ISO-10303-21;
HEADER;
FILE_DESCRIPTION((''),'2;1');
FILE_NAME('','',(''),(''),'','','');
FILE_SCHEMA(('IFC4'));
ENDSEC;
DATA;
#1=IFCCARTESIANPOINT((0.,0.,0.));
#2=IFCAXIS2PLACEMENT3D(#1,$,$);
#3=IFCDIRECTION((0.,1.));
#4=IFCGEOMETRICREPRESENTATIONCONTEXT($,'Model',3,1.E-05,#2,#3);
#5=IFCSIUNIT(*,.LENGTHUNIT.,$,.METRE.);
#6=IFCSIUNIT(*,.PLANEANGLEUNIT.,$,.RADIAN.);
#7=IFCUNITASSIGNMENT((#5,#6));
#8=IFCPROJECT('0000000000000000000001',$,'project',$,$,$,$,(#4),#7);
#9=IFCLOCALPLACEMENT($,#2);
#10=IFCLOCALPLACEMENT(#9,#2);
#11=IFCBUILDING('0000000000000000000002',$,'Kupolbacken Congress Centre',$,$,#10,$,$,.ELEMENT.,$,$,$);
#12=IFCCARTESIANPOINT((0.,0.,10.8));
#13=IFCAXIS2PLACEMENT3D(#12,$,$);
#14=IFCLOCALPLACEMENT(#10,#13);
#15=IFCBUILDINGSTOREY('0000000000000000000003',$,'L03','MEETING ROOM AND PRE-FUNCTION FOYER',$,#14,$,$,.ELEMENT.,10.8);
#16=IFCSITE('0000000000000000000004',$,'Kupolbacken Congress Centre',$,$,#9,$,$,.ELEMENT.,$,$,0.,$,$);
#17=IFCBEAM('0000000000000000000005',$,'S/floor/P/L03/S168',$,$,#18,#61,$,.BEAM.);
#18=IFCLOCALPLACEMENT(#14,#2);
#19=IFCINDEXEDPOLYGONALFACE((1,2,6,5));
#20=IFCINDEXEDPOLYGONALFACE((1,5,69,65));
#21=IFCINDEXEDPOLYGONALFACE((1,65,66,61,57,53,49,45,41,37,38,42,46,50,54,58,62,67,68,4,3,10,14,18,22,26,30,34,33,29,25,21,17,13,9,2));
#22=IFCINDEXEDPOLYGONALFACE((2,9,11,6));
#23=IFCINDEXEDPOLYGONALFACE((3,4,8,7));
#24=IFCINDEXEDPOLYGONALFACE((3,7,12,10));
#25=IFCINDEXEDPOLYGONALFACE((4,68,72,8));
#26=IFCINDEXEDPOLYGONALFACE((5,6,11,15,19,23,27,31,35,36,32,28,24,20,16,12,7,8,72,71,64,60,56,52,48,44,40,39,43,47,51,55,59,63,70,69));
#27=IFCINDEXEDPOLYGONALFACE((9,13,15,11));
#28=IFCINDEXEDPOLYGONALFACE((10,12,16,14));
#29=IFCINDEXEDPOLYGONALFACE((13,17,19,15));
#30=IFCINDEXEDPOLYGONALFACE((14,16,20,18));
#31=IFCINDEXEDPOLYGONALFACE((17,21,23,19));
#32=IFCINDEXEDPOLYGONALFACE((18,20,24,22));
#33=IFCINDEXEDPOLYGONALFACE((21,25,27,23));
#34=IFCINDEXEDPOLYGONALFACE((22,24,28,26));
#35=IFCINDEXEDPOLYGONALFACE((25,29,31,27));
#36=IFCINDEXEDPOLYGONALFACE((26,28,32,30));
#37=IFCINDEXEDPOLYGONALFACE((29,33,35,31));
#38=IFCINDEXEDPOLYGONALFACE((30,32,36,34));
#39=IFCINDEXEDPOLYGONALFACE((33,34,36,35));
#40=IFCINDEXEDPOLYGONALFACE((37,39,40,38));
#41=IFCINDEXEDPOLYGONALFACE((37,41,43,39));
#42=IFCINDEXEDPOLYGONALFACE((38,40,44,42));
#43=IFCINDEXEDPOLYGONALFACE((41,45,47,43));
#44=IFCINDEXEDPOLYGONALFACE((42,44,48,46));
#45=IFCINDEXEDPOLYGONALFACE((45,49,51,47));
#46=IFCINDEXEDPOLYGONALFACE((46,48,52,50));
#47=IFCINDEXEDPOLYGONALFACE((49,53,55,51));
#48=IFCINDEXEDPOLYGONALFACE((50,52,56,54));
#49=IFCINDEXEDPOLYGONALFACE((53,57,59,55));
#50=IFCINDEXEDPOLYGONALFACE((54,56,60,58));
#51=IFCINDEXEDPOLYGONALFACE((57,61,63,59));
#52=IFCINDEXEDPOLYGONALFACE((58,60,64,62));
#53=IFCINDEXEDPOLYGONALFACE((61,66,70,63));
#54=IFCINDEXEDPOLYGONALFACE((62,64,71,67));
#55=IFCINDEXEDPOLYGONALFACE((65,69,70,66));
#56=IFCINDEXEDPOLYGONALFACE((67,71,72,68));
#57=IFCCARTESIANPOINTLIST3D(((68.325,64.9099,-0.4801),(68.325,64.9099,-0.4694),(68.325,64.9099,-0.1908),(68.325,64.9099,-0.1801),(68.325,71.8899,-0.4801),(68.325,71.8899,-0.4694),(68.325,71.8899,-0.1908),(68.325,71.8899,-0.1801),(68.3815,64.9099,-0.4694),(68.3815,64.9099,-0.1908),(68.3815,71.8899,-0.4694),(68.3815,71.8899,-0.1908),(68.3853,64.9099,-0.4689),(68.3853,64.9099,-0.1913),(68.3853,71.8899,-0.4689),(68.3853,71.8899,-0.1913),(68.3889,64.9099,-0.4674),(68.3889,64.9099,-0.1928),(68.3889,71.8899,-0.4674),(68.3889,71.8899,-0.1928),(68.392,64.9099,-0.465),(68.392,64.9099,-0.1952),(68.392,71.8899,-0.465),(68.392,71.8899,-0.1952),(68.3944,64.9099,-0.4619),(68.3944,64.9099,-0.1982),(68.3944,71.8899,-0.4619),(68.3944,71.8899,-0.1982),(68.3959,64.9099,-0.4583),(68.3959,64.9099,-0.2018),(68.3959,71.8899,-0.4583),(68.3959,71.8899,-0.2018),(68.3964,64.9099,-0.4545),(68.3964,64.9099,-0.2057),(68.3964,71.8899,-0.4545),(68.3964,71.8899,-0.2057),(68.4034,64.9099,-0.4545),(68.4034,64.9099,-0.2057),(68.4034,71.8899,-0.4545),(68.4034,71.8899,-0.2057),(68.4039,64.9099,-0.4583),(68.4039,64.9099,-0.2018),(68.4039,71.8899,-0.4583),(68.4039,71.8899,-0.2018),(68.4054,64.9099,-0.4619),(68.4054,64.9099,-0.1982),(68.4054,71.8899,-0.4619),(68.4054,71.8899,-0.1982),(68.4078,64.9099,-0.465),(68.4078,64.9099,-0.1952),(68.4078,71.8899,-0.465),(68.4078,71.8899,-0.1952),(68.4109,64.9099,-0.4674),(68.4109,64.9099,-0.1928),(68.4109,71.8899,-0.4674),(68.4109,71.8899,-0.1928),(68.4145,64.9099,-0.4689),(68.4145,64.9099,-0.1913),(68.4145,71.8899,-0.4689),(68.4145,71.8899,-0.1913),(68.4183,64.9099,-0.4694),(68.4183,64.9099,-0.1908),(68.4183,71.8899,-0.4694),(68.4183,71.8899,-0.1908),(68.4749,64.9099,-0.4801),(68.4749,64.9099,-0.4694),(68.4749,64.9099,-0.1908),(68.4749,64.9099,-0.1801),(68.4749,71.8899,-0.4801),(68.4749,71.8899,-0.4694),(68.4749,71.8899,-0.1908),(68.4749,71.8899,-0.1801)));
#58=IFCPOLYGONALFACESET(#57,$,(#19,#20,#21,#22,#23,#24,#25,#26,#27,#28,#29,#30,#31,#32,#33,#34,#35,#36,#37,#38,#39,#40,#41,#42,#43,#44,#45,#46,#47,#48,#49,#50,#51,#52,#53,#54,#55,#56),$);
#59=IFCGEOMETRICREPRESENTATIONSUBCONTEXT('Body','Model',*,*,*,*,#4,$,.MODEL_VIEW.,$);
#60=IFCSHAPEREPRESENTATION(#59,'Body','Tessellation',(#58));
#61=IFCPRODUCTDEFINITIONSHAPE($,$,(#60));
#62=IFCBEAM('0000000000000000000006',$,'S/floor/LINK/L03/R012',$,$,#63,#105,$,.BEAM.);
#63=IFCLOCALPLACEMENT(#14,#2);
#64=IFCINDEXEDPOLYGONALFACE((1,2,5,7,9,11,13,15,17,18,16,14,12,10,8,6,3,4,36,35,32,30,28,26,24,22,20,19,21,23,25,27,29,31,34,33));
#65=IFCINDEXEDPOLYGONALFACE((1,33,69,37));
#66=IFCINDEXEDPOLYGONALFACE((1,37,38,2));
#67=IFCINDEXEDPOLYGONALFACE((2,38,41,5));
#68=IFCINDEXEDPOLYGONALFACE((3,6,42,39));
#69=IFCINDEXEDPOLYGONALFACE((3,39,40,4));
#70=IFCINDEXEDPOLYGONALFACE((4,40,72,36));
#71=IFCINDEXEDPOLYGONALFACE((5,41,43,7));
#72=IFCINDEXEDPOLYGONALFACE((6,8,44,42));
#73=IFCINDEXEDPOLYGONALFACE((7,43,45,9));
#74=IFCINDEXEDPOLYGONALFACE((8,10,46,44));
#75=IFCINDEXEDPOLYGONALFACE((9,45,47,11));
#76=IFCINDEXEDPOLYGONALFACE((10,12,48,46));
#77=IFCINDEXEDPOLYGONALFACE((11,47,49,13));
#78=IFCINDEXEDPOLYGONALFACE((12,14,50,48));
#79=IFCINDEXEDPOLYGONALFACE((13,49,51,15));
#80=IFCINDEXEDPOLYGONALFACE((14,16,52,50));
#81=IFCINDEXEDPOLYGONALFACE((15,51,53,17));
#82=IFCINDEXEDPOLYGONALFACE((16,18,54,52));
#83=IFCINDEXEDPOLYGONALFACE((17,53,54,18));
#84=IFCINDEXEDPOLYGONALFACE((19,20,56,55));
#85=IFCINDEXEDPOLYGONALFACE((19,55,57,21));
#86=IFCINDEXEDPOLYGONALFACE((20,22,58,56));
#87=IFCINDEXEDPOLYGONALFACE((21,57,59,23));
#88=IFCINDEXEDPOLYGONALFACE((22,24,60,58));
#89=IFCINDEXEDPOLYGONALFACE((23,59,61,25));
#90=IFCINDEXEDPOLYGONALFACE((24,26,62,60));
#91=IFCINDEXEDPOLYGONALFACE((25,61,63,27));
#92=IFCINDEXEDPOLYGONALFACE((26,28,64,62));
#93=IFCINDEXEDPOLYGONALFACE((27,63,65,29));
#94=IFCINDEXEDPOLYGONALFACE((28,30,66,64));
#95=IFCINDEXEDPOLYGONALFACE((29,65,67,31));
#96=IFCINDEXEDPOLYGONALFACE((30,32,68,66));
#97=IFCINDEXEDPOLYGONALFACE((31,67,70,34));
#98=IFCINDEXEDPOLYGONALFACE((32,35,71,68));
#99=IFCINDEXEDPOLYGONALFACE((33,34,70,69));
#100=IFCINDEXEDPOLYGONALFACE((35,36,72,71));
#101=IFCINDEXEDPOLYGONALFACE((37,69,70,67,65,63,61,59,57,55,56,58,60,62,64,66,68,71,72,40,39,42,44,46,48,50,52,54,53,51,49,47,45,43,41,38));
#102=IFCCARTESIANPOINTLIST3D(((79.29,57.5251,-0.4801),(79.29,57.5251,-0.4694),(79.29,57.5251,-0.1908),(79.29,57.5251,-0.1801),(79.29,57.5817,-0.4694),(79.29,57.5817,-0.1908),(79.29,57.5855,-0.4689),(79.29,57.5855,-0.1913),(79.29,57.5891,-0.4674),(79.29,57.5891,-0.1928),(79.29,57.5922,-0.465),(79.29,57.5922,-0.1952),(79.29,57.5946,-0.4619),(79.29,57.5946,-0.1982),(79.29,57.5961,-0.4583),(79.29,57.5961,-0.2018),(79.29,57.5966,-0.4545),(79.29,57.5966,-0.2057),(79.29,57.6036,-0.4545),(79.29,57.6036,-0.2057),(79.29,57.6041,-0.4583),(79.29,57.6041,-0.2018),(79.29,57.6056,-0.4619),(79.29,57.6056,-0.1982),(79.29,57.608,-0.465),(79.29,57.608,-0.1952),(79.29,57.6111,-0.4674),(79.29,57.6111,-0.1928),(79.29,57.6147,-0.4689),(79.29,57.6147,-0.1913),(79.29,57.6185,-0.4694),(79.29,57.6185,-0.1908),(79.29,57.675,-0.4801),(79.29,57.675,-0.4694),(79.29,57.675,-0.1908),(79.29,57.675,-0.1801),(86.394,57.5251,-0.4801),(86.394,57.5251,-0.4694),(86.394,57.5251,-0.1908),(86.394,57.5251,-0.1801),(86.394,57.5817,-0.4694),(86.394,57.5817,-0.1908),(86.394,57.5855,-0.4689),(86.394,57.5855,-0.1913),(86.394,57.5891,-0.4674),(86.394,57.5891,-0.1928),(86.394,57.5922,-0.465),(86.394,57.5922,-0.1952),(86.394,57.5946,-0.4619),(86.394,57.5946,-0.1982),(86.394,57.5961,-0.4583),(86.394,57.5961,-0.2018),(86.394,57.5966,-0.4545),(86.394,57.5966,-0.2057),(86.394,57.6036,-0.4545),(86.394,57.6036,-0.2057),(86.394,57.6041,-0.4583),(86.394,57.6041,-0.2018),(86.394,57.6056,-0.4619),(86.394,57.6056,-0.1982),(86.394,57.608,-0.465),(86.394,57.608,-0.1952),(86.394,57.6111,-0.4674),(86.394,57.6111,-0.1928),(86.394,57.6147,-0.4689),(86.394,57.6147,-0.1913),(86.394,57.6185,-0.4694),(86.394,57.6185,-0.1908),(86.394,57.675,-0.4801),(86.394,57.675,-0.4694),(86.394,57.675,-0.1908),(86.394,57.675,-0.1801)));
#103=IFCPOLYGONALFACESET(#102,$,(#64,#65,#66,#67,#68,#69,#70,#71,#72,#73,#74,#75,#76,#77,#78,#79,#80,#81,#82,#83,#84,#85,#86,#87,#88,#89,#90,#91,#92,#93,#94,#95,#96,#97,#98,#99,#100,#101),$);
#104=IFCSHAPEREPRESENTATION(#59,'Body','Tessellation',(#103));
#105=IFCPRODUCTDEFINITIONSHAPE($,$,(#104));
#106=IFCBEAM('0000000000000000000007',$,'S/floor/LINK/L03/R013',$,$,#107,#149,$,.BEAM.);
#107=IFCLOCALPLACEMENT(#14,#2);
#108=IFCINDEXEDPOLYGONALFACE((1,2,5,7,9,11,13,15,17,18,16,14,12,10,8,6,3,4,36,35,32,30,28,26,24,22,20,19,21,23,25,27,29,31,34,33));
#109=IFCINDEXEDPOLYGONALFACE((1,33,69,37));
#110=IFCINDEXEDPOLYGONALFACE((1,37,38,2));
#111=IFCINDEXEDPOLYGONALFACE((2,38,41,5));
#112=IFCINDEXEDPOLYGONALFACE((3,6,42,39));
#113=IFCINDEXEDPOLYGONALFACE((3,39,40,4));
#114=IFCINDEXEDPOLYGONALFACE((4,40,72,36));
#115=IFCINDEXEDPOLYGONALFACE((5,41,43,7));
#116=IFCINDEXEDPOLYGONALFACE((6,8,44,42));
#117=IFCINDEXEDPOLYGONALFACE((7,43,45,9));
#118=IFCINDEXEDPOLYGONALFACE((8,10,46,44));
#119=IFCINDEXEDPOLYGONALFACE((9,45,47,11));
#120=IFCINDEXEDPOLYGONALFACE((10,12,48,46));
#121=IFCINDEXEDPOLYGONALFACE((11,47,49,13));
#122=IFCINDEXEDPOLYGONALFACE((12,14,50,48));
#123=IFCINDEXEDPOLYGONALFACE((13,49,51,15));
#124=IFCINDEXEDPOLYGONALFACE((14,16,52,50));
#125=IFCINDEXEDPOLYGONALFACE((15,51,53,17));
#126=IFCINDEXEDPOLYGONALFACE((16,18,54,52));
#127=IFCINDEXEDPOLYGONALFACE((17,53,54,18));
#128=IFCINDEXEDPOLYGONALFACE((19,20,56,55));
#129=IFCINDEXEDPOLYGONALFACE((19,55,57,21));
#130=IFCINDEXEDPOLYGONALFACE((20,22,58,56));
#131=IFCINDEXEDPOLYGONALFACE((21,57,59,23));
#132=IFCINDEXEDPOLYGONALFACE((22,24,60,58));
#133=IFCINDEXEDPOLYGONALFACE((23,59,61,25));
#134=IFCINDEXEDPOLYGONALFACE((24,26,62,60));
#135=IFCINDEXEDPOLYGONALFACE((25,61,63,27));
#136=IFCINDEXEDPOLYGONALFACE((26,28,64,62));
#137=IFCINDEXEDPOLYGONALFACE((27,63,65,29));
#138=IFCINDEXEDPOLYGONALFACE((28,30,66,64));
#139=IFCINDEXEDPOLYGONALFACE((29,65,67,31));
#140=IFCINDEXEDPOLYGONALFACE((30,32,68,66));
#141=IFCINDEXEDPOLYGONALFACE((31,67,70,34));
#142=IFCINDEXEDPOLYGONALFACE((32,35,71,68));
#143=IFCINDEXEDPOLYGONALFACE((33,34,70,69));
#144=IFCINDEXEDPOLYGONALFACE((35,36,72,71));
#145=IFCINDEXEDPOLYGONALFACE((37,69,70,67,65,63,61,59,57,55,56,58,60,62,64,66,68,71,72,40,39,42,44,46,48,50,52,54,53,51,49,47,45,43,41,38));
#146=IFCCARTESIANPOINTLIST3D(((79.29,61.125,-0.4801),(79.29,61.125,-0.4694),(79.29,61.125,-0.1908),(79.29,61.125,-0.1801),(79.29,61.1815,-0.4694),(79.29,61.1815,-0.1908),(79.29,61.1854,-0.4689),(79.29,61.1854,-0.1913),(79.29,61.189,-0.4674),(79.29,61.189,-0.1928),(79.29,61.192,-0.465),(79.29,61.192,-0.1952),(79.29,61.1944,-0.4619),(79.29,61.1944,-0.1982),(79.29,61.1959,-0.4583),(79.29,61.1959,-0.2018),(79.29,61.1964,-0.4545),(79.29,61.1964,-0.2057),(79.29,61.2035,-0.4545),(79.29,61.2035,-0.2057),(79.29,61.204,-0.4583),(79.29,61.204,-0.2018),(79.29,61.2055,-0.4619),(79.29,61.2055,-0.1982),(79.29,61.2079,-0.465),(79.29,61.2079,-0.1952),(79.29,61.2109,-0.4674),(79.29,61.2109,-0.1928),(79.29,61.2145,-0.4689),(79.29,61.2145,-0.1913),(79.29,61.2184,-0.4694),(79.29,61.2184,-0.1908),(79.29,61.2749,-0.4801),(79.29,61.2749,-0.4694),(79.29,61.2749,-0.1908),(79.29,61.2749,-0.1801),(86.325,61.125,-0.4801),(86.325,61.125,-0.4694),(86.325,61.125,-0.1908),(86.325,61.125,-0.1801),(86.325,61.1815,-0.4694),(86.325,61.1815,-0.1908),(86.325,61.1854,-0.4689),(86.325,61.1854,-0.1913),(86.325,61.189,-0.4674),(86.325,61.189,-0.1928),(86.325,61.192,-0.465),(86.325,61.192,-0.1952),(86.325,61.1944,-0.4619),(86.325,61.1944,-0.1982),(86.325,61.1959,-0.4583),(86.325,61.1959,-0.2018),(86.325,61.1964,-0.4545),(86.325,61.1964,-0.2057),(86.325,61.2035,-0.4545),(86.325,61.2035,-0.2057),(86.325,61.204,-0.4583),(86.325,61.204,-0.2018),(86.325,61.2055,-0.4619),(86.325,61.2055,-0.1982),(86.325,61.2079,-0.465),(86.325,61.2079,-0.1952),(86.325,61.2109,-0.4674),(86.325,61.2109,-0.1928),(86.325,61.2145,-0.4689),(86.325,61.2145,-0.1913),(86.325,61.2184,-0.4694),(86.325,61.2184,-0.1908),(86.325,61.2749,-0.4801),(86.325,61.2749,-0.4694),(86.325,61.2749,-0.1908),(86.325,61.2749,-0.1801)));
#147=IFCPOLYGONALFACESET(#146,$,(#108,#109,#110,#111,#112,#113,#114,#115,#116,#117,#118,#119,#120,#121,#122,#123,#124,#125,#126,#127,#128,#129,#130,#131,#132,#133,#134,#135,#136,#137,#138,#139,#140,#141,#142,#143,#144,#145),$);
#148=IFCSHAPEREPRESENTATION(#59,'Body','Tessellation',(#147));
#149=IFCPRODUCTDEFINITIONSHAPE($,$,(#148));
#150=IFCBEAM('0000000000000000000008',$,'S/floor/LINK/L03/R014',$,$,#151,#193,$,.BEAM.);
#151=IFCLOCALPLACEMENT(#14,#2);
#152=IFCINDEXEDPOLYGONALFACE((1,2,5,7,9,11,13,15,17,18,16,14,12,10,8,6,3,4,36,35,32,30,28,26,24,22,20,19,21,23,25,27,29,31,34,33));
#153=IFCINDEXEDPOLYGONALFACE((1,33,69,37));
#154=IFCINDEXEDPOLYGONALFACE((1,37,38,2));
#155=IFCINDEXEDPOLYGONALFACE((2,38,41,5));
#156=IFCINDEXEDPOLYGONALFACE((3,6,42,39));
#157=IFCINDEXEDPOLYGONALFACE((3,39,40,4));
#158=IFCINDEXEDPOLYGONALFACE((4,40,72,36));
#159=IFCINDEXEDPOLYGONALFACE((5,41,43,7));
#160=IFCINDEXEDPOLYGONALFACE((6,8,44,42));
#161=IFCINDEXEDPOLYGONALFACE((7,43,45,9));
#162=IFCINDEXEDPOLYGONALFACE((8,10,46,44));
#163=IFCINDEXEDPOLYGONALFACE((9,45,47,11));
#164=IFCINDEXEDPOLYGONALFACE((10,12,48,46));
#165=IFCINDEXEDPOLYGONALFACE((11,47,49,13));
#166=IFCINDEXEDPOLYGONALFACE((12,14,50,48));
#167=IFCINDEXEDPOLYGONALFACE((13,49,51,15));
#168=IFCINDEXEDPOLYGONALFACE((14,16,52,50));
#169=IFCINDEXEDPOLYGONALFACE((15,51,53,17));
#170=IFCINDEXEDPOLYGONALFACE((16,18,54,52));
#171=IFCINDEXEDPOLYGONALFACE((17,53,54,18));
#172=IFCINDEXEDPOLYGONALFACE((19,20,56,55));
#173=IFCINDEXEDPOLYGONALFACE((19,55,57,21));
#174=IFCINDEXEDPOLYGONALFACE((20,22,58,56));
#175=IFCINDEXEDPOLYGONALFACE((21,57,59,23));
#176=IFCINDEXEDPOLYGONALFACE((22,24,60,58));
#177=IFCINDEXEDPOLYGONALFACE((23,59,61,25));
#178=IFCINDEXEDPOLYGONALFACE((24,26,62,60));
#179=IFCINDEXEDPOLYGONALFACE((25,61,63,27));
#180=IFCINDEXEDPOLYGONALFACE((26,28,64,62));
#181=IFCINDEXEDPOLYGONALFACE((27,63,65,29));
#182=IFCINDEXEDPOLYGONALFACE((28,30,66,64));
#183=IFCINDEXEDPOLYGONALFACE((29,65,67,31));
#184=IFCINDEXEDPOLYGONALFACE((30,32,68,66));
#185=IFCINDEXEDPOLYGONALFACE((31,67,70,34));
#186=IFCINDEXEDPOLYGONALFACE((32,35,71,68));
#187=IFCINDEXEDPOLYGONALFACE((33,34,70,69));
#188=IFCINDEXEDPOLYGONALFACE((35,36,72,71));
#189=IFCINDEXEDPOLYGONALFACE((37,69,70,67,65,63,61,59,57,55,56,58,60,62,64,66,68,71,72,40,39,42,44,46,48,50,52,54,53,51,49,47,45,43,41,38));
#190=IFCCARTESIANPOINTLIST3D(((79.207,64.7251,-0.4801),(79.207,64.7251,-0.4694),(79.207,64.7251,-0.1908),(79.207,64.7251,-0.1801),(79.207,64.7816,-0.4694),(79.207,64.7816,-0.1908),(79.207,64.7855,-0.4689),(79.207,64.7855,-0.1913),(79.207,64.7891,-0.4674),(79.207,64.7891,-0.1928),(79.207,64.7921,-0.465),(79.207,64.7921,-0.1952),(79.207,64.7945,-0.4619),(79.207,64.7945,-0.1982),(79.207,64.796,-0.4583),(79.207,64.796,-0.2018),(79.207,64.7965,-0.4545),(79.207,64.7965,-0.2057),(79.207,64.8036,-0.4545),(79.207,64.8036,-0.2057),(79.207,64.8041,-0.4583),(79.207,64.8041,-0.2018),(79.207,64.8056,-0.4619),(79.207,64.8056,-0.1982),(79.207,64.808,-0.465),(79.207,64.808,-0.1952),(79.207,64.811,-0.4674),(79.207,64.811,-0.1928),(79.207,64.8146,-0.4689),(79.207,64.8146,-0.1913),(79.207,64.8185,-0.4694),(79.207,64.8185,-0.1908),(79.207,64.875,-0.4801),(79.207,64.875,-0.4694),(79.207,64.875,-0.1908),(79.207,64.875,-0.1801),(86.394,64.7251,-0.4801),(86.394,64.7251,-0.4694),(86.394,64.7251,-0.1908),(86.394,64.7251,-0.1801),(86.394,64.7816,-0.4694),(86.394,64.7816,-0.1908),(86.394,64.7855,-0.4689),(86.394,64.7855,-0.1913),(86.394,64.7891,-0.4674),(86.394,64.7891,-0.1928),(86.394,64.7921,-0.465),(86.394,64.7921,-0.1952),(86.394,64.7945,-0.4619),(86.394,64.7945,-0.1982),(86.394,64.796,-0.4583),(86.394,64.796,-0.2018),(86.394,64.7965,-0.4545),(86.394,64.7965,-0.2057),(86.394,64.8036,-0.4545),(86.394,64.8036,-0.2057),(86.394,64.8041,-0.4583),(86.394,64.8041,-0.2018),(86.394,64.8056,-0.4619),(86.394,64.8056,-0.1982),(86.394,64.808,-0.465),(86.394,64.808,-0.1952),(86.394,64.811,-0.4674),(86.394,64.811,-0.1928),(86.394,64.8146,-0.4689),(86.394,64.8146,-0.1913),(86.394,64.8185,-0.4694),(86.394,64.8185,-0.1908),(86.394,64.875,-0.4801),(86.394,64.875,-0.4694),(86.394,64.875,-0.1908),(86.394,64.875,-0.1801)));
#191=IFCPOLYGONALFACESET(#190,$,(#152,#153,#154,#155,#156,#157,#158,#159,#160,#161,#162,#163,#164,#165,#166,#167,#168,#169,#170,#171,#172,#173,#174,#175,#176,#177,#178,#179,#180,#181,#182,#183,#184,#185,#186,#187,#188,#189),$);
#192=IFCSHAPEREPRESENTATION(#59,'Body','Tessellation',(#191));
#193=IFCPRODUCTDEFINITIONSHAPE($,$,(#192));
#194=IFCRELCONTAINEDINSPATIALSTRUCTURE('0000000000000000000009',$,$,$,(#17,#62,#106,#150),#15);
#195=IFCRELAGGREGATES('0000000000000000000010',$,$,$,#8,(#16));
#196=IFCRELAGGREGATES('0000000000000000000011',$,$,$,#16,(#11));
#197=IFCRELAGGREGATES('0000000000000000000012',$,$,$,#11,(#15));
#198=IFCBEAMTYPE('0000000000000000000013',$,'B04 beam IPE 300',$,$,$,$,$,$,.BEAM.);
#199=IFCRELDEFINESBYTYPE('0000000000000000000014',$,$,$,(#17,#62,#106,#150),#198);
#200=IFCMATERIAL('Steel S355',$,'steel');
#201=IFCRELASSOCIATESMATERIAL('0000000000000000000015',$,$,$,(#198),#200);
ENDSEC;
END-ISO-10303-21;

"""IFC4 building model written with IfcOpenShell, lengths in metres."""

from ifc_helpers import new_model, si_unit, direction, frame, origin, origin_2d, place, context, subcontext, project, spatial, i_section, extrude, material, material_profile, profile_set, type_object, element, save


model = new_model("IFC4")

# Units and contexts
model_context = context("Model", 3, precision=1e-05, world=origin(), true_north=direction((0.0, 1.0)))
body_context = subcontext(model_context, "Body", "Model", "MODEL_VIEW")
ifc_project = project(units=[si_unit("LENGTHUNIT", "METRE"), si_unit("PLANEANGLEUNIT", "RADIAN")], contexts=[model_context])

# Site, building, storey
site_placement = place(None, origin())
site = spatial("IfcSite", under=ifc_project, at=site_placement, Name="Kupolbacken Congress Centre", CompositionType="ELEMENT", RefElevation=0.0)
building_placement = place(site_placement, origin())
building = spatial("IfcBuilding", under=site, at=building_placement, Name="Kupolbacken Congress Centre", CompositionType="ELEMENT")
storey_placement = place(building_placement, frame((0.0, 0.0, 10.8)))
storey = spatial("IfcBuildingStorey", under=building, at=storey_placement, Name="L03", Description="MEETING ROOM AND PRE-FUNCTION FOYER", CompositionType="ELEMENT", Elevation=10.8)

# Beams
ifc_material_1 = material(Name="Steel S355", Category="steel")
ifc_material_profile_1 = material_profile(ifc_material_1, i_section(OverallWidth=0.1499, OverallDepth=0.3, WebThickness=0.0071, FlangeThickness=0.0107, FilletRadius=0.0149, at=origin_2d()), Name="IPE 300")
ifc_profile_set_1 = profile_set([ifc_material_profile_1], Name="Steel S355")
beam_type_1 = type_object("IfcBeamType", Name="B04 beam IPE 300", PredefinedType="BEAM", material=ifc_profile_set_1)
for number, where, z_axis, x_axis, name in (
    (1, (68.3999, 64.9099, -0.3301), (0.0, 1.0, 0.0), (-1.0, 0.0, 0.0), "S/floor/P/L03/S168"),
):
    element("IfcBeam", number, at=place(storey_placement, frame(where, z_axis=z_axis, x_axis=x_axis)), inside=storey, type_object=beam_type_1, Name=name, PredefinedType="BEAM", context=body_context, shape_type="SweptSolid", body=[
        extrude(i_section(OverallWidth=0.1499, OverallDepth=0.3, WebThickness=0.0071, FlangeThickness=0.0107, FilletRadius=0.0149, at=origin_2d()), origin(), (0.0, 0.0, 1.0), 6.98),
    ])
beam_1_placement = place(storey_placement, frame((79.29, 57.6001, -0.3301), z_axis=(1.0, 0.0, 0.0), x_axis=(0.0, 1.0, 0.0)))
element("IfcBeam", 2, at=beam_1_placement, inside=storey, type_object=beam_type_1, Name="S/floor/LINK/L03/R012", PredefinedType="BEAM", context=body_context, shape_type="SweptSolid", body=[
    extrude(i_section(OverallWidth=0.1499, OverallDepth=0.3, WebThickness=0.0071, FlangeThickness=0.0107, FilletRadius=0.0149, at=origin_2d()), origin(), (0.0, 0.0, 1.0), 7.104),
])
beam_2_placement = place(storey_placement, frame((79.29, 61.2, -0.3301), z_axis=(1.0, 0.0, 0.0), x_axis=(0.0, 1.0, 0.0)))
element("IfcBeam", 3, at=beam_2_placement, inside=storey, type_object=beam_type_1, Name="S/floor/LINK/L03/R013", PredefinedType="BEAM", context=body_context, shape_type="SweptSolid", body=[
    extrude(i_section(OverallWidth=0.1499, OverallDepth=0.3, WebThickness=0.0071, FlangeThickness=0.0107, FilletRadius=0.0149, at=origin_2d()), origin(), (0.0, 0.0, 1.0), 7.0349),
])
beam_3_placement = place(storey_placement, frame((79.207, 64.8, -0.3301), z_axis=(1.0, 0.0, 0.0), x_axis=(0.0, 1.0, 0.0)))
element("IfcBeam", 4, at=beam_3_placement, inside=storey, type_object=beam_type_1, Name="S/floor/LINK/L03/R014", PredefinedType="BEAM", context=body_context, shape_type="SweptSolid", body=[
    extrude(i_section(OverallWidth=0.1499, OverallDepth=0.3, WebThickness=0.0071, FlangeThickness=0.0107, FilletRadius=0.0149, at=origin_2d()), origin(), (0.0, 0.0, 1.0), 7.187),
])

save(model, "model.ifc")
